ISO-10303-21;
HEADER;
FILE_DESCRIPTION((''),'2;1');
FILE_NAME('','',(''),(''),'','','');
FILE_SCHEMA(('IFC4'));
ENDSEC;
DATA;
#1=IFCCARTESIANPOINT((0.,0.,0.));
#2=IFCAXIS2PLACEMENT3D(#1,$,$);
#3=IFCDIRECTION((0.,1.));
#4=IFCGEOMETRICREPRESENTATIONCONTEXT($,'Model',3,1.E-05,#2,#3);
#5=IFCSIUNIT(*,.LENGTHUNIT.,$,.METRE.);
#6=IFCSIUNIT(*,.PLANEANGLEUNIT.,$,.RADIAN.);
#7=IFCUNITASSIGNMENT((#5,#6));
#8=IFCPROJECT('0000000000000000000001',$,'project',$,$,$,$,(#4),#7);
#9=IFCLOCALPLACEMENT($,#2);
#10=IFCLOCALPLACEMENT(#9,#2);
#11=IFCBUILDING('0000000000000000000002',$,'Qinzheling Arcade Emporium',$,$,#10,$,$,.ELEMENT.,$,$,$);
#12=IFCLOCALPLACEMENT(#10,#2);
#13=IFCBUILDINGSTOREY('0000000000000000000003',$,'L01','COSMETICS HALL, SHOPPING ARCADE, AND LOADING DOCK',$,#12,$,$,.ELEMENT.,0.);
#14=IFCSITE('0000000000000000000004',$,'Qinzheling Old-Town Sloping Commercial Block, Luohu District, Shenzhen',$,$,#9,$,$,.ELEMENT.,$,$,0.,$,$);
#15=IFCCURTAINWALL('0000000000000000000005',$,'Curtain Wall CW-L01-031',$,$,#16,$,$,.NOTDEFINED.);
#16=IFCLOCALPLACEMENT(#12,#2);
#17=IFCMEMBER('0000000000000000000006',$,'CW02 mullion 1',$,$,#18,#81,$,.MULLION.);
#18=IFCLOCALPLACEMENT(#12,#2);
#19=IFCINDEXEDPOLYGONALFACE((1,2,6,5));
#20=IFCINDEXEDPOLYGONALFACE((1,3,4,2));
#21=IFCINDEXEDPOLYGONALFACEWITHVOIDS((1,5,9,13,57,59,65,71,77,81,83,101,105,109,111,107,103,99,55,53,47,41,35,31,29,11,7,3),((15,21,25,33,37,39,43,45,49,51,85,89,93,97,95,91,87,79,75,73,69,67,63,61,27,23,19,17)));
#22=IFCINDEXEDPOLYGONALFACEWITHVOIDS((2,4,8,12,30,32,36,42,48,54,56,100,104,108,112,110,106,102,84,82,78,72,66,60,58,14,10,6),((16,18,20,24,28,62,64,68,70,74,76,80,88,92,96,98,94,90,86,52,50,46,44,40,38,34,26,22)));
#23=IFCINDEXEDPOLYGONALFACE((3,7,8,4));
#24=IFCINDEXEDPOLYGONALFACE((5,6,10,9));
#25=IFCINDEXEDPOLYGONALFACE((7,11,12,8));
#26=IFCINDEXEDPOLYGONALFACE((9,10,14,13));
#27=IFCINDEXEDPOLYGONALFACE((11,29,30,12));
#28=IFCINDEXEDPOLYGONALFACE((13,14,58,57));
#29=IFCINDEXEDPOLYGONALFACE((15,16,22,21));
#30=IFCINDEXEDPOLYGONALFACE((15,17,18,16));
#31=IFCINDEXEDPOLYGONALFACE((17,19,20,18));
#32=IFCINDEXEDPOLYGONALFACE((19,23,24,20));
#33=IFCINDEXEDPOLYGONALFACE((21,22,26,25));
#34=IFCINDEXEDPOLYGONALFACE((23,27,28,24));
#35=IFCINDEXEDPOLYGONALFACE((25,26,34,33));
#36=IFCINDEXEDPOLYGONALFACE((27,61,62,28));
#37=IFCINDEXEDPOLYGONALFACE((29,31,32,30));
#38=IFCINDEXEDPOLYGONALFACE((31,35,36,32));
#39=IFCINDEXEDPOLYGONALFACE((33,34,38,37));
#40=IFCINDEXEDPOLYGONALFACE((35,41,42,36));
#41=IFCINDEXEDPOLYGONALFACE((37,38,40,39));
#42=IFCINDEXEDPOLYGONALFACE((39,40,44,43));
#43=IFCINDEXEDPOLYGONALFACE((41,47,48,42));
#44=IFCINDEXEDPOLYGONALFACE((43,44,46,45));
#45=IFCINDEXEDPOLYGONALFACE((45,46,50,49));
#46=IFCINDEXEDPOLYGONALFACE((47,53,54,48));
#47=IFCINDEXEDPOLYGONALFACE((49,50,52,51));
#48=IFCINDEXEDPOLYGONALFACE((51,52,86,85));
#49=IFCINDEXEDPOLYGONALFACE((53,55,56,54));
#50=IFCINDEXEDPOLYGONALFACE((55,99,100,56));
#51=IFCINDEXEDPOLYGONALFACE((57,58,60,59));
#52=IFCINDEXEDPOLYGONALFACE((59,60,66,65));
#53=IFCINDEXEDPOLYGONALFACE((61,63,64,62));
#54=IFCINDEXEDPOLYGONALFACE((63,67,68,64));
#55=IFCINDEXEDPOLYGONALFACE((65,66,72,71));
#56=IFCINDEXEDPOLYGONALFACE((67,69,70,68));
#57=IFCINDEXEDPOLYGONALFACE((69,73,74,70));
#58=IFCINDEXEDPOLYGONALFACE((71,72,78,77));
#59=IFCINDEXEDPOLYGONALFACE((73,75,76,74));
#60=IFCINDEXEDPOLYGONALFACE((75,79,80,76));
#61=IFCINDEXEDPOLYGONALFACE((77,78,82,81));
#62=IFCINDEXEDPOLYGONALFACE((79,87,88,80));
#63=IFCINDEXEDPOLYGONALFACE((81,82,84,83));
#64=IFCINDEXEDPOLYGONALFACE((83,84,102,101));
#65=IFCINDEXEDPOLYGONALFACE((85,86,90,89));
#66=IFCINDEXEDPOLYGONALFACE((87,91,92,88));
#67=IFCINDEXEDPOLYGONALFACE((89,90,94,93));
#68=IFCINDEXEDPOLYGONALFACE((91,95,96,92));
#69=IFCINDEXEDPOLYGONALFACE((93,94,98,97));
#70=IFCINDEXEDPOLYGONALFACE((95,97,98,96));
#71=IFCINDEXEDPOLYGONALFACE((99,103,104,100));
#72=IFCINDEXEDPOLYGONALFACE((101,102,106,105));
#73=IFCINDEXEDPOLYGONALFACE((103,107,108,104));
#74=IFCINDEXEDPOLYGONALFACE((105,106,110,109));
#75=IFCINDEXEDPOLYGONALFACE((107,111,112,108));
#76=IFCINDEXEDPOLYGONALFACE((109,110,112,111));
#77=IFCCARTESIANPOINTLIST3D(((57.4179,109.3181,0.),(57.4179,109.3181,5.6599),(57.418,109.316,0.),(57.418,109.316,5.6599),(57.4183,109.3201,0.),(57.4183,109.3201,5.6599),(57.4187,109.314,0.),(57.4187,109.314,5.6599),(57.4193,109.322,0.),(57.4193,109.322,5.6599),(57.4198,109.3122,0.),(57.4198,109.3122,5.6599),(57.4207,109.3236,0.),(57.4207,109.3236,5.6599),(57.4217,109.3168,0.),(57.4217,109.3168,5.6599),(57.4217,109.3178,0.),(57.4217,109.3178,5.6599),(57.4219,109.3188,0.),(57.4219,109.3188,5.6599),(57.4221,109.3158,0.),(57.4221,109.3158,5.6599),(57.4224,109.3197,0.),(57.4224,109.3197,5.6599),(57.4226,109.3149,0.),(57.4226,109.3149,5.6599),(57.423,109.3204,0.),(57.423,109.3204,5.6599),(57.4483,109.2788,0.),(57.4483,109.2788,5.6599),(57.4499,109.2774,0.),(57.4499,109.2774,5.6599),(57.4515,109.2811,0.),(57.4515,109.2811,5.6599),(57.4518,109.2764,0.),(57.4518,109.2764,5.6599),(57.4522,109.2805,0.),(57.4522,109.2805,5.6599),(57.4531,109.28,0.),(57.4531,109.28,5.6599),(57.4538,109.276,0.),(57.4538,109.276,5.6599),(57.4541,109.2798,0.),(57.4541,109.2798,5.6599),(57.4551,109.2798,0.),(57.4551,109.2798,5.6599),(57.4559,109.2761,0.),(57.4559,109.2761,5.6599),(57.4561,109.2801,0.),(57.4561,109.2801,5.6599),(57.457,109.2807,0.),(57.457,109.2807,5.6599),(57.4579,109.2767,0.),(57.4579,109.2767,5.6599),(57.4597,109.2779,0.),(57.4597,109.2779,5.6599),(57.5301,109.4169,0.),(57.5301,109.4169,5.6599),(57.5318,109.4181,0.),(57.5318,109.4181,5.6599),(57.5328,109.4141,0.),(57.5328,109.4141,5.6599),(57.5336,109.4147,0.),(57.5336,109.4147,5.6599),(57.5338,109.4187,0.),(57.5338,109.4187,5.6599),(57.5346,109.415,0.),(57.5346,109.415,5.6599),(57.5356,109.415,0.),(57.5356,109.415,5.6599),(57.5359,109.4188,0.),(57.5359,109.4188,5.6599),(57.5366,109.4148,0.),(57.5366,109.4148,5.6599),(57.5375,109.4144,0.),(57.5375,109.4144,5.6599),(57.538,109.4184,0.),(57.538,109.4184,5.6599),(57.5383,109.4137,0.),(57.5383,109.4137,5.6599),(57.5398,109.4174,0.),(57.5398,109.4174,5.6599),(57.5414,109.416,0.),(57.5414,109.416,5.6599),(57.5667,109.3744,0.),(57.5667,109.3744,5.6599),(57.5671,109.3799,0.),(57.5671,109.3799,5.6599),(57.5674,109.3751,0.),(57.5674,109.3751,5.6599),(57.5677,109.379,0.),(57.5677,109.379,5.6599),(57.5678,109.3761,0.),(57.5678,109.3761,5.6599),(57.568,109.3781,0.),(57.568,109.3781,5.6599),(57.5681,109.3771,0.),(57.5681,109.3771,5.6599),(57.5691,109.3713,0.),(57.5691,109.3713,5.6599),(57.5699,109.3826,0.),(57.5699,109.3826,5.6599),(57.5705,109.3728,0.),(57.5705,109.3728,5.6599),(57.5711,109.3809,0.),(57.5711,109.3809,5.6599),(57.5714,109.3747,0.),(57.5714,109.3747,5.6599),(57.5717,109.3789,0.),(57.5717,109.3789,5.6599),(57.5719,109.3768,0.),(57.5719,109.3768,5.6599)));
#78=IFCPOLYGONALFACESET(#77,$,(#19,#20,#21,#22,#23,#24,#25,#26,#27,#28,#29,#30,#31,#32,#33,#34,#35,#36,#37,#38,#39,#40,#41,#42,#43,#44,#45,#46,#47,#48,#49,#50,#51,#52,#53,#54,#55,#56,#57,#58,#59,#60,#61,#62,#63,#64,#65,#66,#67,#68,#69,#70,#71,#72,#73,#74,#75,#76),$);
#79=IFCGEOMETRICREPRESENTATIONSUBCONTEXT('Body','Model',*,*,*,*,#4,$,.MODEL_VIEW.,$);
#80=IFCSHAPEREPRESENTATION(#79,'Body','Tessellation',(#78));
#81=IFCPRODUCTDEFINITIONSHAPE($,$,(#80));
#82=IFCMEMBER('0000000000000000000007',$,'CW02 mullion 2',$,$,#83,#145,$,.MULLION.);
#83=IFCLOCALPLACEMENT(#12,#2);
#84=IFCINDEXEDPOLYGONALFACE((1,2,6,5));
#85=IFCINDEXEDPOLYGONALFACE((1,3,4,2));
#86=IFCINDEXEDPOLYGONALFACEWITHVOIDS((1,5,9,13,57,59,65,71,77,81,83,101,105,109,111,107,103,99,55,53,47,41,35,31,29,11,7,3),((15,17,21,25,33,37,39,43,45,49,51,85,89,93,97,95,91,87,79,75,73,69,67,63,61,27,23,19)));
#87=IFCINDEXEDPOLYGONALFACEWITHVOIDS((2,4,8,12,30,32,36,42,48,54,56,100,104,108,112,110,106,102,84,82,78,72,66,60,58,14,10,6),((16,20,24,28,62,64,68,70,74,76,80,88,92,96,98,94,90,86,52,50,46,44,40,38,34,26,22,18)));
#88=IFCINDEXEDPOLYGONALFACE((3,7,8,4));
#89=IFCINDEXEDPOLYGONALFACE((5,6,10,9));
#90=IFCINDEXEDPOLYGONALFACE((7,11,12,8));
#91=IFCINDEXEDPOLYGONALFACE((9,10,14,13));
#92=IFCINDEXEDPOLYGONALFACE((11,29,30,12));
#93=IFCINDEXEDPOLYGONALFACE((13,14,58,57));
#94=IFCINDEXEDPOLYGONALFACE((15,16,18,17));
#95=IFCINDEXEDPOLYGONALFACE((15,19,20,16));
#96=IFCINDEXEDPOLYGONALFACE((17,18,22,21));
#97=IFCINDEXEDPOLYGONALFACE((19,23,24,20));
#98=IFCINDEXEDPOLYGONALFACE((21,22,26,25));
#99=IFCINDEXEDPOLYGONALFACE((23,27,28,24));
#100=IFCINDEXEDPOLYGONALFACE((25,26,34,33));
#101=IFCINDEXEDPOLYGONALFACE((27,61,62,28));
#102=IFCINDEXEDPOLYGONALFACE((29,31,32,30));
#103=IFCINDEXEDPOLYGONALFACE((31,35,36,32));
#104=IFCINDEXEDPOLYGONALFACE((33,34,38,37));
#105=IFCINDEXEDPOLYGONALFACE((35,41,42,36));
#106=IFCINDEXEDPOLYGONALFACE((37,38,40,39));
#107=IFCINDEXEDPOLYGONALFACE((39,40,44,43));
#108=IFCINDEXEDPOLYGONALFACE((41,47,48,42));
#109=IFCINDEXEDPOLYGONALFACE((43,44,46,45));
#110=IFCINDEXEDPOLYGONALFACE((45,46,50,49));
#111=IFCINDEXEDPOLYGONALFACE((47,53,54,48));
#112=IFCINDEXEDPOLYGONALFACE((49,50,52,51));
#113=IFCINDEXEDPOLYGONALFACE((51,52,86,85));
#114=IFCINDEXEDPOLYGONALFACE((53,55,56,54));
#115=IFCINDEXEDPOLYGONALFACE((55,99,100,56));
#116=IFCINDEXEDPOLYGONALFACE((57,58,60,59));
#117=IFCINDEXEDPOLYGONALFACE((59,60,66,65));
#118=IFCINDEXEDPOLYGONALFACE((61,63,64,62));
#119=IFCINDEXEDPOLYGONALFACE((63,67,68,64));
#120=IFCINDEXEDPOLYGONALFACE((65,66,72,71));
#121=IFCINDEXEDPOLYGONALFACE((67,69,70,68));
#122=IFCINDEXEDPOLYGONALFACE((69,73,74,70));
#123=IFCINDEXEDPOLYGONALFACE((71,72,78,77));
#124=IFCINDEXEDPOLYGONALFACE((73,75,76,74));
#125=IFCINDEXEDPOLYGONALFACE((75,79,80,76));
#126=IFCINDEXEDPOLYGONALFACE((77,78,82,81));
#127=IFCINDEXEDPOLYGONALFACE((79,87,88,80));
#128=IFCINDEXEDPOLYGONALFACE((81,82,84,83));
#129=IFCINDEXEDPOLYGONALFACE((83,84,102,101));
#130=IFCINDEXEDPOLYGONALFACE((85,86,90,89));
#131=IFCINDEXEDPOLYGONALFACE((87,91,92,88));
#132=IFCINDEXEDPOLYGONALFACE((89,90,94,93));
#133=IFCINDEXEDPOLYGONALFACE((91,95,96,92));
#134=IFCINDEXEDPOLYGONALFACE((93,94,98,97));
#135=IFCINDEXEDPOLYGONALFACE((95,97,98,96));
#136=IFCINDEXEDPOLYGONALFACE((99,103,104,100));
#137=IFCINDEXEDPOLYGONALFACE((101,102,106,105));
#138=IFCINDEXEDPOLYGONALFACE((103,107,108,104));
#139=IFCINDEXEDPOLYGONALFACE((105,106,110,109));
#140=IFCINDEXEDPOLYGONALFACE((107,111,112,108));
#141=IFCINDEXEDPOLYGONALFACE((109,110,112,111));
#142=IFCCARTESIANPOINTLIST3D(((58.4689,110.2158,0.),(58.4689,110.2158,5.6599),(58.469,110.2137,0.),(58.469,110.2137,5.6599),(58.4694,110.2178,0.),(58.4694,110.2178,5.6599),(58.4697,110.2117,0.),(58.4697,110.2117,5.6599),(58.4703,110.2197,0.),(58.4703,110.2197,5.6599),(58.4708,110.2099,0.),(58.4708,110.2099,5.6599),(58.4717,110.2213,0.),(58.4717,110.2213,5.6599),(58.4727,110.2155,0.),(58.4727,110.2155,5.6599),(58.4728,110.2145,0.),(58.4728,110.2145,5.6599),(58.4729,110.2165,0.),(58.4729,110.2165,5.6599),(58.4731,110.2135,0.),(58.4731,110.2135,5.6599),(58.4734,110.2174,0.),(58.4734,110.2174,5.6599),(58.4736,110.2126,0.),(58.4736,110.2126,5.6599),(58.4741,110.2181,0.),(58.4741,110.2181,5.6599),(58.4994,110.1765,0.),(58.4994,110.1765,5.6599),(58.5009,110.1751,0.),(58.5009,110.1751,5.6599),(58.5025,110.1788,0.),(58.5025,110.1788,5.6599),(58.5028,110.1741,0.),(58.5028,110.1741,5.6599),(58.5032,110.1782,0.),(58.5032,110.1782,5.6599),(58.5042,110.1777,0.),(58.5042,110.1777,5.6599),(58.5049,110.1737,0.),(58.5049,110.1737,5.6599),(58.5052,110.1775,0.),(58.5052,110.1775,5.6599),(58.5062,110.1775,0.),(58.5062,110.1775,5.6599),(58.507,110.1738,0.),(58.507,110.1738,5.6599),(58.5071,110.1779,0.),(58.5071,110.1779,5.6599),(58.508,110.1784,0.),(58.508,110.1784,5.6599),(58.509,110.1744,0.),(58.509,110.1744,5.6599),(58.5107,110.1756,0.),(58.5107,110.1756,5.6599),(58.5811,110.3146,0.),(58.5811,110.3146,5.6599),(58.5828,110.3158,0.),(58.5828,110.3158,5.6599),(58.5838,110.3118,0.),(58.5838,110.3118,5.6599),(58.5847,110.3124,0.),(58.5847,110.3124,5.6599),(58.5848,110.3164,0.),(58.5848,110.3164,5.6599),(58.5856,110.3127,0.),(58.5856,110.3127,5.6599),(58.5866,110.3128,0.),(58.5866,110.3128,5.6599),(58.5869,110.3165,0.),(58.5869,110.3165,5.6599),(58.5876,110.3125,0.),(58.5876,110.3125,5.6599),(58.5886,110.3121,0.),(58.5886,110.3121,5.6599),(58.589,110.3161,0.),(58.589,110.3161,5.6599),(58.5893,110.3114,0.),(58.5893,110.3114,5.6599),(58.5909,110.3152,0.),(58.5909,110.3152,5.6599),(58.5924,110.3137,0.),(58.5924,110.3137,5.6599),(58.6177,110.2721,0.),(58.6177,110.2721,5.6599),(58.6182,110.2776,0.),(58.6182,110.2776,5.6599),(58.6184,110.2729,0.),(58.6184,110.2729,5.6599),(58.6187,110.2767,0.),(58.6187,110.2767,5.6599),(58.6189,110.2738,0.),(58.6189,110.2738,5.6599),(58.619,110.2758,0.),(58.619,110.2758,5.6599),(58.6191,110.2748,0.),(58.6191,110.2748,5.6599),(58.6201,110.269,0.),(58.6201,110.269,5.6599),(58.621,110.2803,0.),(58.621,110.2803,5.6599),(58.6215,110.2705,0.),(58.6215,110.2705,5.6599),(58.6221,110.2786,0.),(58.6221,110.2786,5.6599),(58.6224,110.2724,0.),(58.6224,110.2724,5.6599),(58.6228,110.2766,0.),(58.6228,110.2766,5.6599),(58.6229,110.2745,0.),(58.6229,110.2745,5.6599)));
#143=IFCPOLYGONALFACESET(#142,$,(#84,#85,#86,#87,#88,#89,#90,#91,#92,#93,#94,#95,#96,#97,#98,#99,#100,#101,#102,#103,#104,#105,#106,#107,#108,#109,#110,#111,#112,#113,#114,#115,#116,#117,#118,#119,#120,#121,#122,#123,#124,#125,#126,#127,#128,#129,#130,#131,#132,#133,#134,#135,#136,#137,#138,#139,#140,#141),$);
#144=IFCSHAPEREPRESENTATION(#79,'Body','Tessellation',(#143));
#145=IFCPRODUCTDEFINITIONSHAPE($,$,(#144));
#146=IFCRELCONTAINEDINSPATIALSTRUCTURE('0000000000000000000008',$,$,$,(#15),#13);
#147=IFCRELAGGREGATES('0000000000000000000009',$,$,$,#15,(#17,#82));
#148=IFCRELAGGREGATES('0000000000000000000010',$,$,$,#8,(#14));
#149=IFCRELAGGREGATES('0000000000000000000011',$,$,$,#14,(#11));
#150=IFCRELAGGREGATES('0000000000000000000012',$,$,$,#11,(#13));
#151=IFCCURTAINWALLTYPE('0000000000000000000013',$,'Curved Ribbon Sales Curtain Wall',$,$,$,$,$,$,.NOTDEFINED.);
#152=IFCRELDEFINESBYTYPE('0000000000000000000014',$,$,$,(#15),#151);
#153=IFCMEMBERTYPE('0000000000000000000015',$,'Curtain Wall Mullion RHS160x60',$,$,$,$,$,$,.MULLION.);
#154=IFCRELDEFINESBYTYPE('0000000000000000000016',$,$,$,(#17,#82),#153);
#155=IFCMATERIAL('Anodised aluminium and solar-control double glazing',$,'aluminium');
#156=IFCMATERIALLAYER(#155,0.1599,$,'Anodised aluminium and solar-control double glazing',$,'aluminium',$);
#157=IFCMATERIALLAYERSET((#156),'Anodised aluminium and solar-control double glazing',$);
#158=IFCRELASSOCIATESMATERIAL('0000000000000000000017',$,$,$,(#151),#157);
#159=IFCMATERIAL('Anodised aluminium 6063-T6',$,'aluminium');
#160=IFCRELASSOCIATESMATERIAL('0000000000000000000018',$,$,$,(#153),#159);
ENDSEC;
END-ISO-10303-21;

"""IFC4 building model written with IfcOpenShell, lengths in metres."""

from ifc_helpers import new_model, si_unit, direction, frame, origin, origin_2d, place, context, subcontext, project, spatial, hollow_rectangle, extrude, material, layer, layer_set, material_profile, profile_set, type_object, element, aggregate, save


model = new_model("IFC4")

# Units and contexts
model_context = context("Model", 3, precision=1e-05, world=origin(), true_north=direction((0.0, 1.0)))
body_context = subcontext(model_context, "Body", "Model", "MODEL_VIEW")
ifc_project = project(units=[si_unit("LENGTHUNIT", "METRE"), si_unit("PLANEANGLEUNIT", "RADIAN")], contexts=[model_context])

# Site, building, storey
site_placement = place(None, origin())
site = spatial("IfcSite", under=ifc_project, at=site_placement, Name="Qinzheling Old-Town Sloping Commercial Block, Luohu District, Shenzhen", CompositionType="ELEMENT", RefElevation=0.0)
building_placement = place(site_placement, origin())
building = spatial("IfcBuilding", under=site, at=building_placement, Name="Qinzheling Arcade Emporium", CompositionType="ELEMENT")
storey_placement = place(building_placement, origin())
storey = spatial("IfcBuildingStorey", under=building, at=storey_placement, Name="L01", Description="COSMETICS HALL, SHOPPING ARCADE, AND LOADING DOCK", CompositionType="ELEMENT", Elevation=0.0)

# Shared definitions
ifc_material_1 = material(Name="Anodised aluminium and solar-control double glazing", Category="aluminium")
ifc_layer_1 = layer(ifc_material_1, 0.1599, Name="Anodised aluminium and solar-control double glazing", Category="aluminium")
ifc_layer_set_1 = layer_set([ifc_layer_1], Name="Anodised aluminium and solar-control double glazing")
curtain_wall_type = type_object("IfcCurtainWallType", Name="Curved Ribbon Sales Curtain Wall", PredefinedType="NOTDEFINED", material=ifc_layer_set_1)
ifc_material_2 = material(Name="Anodised aluminium 6063-T6", Category="aluminium")
ifc_material_profile_1 = material_profile(ifc_material_2, hollow_rectangle(XDim=0.0601, YDim=0.1599, WallThickness=0.0039, InnerFilletRadius=0.0039, OuterFilletRadius=0.0081, at=origin_2d()), Name="RHS 160x60x4", Category="aluminium")
ifc_profile_set_1 = profile_set([ifc_material_profile_1], Name="Anodised aluminium 6063-T6")
member_type_1 = type_object("IfcMemberType", Name="Curtain Wall Mullion RHS160x60", PredefinedType="MULLION", material=ifc_profile_set_1)

# Curtain wall, members
curtain_wall_1_placement = place(storey_placement, origin())
curtain_wall_1 = element("IfcCurtainWall", 1, at=curtain_wall_1_placement, inside=storey, type_object=curtain_wall_type, Name="Curtain Wall CW-L01-031", PredefinedType="NOTDEFINED")
member_1_placement = place(storey_placement, frame((57.4949, 109.3474, 0.0), z_axis=(0.0, 0.0, 1.0), x_axis=(-0.649332, 0.760505, 0.0)))
member_1 = element("IfcMember", 2, at=member_1_placement, type_object=member_type_1, Name="CW02 mullion 1", PredefinedType="MULLION", context=body_context, shape_type="SweptSolid", body=[
    extrude(hollow_rectangle(XDim=0.0601, YDim=0.1599, WallThickness=0.0039, InnerFilletRadius=0.0039, OuterFilletRadius=0.0081, at=origin_2d()), origin(), (0.0, 0.0, 1.0), 5.6599),
])
member_2_placement = place(storey_placement, frame((58.5459, 110.2451, 0.0), z_axis=(0.0, 0.0, 1.0), x_axis=(-0.649332, 0.760505, 0.0)))
member_2 = element("IfcMember", 3, at=member_2_placement, type_object=member_type_1, Name="CW02 mullion 2", PredefinedType="MULLION", context=body_context, shape_type="SweptSolid", body=[
    extrude(hollow_rectangle(XDim=0.0601, YDim=0.1599, WallThickness=0.0039, InnerFilletRadius=0.0039, OuterFilletRadius=0.0081, at=origin_2d()), origin(), (0.0, 0.0, 1.0), 5.6599),
])

aggregate(curtain_wall_1, [member_1, member_2])

save(model, "model.ifc")
